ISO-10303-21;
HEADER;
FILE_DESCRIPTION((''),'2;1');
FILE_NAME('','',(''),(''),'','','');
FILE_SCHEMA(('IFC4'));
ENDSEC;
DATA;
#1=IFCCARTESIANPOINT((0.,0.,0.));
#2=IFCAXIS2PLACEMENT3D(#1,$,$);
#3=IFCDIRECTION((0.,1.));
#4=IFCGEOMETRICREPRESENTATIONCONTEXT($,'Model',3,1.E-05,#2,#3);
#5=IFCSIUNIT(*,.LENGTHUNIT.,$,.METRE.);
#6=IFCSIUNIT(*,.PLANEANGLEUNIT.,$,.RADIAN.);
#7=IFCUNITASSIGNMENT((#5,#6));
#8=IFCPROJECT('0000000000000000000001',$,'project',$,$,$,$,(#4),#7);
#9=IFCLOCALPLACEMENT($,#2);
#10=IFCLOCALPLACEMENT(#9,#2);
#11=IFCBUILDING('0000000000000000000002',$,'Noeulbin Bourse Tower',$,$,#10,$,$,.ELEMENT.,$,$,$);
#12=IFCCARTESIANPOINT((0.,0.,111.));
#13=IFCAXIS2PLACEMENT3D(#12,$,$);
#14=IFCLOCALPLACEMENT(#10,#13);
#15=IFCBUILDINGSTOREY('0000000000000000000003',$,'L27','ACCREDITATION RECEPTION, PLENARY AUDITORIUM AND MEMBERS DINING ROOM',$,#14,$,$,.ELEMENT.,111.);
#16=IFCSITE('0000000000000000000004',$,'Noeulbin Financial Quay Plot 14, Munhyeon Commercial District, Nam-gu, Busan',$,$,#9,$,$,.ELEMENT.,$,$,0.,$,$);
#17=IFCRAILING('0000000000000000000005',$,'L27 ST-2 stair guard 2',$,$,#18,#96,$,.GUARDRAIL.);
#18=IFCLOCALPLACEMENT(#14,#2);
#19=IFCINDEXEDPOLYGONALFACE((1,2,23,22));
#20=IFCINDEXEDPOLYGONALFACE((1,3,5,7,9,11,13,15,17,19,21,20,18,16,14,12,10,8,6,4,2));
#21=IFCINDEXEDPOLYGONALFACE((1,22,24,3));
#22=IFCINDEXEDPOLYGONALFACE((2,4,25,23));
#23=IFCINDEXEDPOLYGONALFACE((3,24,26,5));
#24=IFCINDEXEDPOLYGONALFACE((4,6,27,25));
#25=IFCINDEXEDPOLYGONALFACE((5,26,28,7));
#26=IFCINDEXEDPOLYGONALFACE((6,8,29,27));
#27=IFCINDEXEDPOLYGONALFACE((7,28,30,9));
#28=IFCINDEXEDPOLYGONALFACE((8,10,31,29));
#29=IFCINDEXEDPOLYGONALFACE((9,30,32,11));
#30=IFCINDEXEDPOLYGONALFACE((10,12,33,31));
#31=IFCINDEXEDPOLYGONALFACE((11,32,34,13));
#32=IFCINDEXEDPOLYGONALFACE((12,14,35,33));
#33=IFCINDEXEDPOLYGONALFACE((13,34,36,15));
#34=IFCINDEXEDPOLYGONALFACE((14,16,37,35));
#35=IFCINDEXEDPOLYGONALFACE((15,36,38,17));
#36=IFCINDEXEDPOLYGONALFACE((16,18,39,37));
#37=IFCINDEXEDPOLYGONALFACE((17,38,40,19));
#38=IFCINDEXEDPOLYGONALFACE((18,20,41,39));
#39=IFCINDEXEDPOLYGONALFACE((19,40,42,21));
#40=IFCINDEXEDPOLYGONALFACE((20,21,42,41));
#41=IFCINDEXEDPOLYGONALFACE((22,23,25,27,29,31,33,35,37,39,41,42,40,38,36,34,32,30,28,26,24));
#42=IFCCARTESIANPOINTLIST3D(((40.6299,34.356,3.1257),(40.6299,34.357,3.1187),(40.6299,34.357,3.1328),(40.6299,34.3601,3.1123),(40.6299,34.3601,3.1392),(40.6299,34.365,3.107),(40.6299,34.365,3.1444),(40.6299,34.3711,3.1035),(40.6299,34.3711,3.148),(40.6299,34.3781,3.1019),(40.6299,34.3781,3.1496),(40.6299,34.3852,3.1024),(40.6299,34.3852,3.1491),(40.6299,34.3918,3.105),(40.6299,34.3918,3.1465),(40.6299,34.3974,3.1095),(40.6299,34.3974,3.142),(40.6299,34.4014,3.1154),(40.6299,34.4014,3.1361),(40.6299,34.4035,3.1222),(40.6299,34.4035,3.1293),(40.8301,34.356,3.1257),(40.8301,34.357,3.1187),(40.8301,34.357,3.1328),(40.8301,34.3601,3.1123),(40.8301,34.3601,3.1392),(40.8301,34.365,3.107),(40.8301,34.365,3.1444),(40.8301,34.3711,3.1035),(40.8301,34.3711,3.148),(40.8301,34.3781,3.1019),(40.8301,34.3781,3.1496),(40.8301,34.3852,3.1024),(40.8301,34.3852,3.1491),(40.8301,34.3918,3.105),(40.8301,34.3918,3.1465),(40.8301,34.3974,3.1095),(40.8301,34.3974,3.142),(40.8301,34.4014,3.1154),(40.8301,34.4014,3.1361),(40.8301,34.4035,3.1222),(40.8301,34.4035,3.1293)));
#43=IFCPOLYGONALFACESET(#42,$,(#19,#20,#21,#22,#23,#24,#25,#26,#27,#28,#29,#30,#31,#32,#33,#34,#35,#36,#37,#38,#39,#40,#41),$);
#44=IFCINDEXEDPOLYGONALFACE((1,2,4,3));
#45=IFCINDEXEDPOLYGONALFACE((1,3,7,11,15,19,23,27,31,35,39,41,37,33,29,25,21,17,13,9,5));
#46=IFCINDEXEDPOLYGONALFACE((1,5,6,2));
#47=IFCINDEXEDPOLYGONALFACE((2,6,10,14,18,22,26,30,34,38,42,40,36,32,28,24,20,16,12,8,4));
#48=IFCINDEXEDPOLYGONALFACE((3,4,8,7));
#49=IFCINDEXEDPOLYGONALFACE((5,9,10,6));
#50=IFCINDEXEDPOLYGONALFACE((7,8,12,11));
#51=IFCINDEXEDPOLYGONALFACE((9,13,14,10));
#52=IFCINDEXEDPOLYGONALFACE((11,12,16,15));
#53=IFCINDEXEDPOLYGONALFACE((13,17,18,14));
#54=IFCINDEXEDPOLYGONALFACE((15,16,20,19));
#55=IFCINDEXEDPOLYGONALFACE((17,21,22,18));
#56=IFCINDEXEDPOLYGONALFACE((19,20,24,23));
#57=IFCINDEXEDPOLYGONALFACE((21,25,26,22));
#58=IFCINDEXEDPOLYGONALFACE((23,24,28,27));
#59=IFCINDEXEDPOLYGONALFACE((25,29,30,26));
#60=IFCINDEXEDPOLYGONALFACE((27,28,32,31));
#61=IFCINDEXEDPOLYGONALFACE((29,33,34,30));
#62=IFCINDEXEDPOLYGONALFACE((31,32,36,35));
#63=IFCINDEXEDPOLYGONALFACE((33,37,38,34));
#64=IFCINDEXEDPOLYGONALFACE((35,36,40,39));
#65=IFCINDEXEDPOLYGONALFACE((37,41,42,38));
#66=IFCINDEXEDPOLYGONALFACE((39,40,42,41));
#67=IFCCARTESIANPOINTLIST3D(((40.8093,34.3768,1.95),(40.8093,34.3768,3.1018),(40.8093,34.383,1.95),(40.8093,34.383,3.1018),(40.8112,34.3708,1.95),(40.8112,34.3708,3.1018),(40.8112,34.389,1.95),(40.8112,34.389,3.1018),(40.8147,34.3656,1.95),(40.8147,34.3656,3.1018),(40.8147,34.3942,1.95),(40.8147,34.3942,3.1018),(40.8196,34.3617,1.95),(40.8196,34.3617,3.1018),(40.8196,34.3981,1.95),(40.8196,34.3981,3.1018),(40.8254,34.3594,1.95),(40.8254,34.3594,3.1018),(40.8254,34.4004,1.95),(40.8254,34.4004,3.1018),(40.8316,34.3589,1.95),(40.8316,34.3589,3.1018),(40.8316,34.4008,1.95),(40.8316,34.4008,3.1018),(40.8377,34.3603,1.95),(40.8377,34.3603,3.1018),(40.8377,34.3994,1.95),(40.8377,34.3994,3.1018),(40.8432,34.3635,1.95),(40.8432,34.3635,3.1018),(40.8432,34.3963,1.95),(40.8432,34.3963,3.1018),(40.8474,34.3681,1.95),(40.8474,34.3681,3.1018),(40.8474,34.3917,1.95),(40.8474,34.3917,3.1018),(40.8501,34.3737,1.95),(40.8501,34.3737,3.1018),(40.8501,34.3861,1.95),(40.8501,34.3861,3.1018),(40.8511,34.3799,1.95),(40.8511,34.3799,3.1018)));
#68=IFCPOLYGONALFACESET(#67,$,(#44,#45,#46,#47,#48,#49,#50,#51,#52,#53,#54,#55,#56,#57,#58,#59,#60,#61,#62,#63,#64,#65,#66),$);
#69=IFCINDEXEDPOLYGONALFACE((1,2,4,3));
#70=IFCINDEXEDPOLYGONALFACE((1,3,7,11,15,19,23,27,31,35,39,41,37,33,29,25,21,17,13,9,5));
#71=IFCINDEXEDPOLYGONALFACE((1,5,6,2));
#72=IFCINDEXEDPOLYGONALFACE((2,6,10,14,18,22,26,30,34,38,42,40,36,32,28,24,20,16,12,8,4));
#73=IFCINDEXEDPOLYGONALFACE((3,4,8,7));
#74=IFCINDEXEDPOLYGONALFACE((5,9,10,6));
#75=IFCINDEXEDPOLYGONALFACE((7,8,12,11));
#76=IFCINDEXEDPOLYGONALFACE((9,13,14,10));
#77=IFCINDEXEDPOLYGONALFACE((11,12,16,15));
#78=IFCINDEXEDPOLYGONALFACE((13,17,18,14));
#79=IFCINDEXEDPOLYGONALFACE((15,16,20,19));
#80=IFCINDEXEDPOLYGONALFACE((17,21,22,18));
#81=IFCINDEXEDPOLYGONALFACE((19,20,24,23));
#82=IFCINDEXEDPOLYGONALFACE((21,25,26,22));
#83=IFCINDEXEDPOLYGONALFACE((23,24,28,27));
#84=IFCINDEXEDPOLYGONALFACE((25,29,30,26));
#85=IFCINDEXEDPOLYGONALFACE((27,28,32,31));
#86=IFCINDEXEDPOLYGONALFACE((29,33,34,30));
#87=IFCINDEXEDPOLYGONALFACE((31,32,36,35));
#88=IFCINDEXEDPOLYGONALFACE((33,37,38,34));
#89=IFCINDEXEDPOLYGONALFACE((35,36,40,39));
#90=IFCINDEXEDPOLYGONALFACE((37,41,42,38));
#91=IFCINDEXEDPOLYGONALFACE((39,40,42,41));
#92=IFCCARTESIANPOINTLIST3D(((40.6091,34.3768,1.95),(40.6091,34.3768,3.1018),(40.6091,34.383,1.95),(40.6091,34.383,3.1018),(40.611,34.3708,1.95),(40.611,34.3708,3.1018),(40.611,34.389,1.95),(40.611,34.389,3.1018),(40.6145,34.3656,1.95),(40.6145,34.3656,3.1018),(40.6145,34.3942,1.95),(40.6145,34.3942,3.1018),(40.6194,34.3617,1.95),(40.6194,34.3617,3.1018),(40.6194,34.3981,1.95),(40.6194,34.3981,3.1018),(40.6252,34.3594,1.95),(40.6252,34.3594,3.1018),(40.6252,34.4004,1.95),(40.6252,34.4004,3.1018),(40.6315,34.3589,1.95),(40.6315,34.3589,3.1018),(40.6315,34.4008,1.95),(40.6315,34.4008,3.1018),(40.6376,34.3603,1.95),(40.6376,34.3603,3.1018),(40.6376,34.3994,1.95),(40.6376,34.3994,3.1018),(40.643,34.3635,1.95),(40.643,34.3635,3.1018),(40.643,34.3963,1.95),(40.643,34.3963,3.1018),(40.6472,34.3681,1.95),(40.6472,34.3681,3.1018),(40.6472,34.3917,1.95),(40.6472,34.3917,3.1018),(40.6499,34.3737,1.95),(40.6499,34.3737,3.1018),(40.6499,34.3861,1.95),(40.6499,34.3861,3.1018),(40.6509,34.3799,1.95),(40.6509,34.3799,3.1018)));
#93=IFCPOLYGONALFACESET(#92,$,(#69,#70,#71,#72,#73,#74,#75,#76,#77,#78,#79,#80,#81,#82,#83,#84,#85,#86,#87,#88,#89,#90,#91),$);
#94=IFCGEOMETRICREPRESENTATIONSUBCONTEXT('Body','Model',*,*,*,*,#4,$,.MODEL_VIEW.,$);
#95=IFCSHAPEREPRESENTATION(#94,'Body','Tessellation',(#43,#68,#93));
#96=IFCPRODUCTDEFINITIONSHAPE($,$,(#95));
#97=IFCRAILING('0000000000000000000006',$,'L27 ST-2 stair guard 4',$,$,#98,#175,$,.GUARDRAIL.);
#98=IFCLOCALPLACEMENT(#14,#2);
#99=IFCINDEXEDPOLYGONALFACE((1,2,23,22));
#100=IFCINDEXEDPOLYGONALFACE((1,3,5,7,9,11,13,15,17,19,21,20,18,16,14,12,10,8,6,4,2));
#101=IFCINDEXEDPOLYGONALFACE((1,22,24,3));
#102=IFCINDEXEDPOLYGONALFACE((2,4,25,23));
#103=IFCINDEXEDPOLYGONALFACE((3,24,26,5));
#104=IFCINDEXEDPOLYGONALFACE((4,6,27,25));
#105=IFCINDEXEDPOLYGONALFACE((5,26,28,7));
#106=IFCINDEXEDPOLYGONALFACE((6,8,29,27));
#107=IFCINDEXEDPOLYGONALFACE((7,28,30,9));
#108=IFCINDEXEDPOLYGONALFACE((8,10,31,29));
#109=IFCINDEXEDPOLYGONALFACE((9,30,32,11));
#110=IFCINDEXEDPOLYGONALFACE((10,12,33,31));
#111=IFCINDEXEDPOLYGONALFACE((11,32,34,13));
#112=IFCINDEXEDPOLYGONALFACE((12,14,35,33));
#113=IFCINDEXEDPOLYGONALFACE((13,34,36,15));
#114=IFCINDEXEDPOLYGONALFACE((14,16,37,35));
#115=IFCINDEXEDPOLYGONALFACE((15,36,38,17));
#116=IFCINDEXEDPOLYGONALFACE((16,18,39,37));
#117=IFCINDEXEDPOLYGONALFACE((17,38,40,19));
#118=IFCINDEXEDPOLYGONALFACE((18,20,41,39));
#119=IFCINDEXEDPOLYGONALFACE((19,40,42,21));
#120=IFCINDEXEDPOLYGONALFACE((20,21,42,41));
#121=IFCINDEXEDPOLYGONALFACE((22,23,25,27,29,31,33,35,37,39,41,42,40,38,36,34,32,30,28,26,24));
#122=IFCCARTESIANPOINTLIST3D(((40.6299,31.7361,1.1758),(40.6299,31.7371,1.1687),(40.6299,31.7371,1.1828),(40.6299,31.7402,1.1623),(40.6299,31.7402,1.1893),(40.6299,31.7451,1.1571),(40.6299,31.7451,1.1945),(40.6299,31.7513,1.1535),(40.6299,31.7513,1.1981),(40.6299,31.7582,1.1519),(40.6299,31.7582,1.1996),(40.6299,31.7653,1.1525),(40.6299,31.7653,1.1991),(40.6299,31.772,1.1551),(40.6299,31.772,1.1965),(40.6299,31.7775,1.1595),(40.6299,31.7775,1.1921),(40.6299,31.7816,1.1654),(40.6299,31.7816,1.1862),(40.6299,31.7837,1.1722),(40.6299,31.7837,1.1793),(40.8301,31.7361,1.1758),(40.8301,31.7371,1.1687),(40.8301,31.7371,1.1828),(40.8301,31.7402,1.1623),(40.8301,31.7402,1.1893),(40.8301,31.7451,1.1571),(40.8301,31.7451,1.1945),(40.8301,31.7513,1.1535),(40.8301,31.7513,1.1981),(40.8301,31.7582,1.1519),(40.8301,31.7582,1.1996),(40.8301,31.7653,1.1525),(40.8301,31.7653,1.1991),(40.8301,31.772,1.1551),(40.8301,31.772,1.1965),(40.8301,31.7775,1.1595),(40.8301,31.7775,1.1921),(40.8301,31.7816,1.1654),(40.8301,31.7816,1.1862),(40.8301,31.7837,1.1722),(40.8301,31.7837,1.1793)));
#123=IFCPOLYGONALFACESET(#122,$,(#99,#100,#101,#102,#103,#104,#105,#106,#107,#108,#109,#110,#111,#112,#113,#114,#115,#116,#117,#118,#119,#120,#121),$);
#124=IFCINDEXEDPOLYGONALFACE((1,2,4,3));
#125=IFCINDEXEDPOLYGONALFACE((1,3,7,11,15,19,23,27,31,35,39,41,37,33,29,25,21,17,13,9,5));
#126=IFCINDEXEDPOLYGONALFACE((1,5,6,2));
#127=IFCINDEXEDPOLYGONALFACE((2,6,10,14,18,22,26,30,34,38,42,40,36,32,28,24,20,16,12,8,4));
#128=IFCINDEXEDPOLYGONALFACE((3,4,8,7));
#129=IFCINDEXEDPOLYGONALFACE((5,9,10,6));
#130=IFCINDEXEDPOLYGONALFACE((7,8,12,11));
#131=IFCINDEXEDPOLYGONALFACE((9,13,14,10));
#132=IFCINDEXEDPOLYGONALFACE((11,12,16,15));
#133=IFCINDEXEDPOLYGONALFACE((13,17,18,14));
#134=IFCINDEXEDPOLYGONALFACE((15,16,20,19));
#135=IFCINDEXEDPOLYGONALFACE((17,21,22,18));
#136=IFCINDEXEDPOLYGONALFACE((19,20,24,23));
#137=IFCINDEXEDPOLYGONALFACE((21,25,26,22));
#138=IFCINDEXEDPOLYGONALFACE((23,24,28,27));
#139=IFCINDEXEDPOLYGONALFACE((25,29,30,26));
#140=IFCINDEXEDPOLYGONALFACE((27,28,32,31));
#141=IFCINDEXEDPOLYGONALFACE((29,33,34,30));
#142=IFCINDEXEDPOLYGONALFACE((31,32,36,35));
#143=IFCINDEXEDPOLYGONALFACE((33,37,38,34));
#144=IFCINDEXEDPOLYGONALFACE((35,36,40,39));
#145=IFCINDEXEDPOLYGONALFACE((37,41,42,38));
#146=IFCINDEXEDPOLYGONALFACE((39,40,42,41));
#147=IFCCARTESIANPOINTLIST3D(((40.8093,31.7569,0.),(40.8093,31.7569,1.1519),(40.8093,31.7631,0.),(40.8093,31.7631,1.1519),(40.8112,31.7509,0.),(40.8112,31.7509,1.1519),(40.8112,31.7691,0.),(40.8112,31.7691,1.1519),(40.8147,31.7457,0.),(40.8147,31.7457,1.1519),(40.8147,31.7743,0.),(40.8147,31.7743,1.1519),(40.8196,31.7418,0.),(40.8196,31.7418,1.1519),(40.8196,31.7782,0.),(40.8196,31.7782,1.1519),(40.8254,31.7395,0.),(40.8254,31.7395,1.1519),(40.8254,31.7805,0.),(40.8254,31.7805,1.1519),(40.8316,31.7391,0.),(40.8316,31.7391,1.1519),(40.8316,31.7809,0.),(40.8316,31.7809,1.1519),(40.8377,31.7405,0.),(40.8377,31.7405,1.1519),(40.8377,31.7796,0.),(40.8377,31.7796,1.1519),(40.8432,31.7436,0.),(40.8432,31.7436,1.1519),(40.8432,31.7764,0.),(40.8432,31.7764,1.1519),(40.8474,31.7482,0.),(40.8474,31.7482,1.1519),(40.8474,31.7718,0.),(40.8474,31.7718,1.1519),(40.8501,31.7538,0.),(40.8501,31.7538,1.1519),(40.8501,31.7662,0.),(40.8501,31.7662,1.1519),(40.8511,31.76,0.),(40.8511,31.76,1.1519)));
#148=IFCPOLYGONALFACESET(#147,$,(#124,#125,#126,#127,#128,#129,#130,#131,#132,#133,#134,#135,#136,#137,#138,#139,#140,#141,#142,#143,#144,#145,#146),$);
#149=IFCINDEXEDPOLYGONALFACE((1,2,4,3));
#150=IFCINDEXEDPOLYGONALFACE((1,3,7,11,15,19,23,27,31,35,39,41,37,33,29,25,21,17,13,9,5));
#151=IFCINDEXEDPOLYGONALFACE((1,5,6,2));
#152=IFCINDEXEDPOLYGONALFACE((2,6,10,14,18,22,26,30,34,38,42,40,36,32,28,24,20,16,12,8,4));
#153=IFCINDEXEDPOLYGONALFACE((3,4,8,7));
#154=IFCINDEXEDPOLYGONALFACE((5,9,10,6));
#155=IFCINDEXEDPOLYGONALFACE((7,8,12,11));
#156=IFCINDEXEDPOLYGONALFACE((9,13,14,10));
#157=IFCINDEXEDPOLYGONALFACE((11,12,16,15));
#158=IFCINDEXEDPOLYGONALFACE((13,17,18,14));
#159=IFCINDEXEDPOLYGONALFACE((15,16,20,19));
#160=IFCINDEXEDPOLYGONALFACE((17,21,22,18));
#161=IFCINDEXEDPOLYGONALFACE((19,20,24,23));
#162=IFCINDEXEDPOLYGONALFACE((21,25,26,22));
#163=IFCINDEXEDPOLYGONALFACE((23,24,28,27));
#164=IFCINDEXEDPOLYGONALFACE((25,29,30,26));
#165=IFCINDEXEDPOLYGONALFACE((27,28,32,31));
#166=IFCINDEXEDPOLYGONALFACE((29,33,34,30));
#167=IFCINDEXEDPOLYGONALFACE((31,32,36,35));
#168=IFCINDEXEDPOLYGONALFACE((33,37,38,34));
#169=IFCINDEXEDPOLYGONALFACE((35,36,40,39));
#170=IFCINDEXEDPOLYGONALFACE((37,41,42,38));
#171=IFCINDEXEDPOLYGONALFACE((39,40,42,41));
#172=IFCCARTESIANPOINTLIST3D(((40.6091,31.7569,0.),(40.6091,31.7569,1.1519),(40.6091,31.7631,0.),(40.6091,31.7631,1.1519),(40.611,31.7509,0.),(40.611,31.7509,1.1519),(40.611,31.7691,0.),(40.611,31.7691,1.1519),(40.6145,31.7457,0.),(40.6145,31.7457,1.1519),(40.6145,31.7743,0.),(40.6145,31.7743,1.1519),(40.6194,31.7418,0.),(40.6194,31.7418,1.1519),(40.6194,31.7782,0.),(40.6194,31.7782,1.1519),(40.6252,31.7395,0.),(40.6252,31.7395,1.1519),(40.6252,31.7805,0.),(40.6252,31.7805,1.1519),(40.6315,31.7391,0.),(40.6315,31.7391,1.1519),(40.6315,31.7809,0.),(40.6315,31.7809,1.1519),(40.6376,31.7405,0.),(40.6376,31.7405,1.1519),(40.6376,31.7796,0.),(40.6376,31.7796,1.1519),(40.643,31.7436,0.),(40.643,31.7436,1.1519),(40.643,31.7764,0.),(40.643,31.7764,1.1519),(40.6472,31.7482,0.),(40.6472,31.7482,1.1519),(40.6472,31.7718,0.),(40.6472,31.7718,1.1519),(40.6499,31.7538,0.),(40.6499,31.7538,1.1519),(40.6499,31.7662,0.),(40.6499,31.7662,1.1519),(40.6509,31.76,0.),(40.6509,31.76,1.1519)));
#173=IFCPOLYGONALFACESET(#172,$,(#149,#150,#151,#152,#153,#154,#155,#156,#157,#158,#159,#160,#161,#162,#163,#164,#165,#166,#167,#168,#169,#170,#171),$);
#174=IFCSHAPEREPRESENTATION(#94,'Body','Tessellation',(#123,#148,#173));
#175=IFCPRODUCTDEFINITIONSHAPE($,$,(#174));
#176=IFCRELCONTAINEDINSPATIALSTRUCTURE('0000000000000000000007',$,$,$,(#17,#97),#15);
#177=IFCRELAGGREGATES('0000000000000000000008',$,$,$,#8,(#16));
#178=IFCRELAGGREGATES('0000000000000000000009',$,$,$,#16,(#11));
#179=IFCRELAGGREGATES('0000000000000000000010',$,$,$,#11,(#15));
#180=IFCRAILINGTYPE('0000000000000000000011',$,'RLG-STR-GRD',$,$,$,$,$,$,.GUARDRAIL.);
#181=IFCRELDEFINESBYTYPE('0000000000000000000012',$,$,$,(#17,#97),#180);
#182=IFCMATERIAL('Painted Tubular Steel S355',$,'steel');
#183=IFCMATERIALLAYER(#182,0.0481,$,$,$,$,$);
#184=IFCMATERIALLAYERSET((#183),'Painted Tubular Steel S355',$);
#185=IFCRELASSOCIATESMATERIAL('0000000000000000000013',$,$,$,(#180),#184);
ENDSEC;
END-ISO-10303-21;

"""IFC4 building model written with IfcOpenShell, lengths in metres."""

from ifc_helpers import new_model, si_unit, direction, frame, origin, origin_2d, place, context, subcontext, project, spatial, circle, extrude, material, layer, layer_set, type_object, element, save


model = new_model("IFC4")

# Units and contexts
model_context = context("Model", 3, precision=1e-05, world=origin(), true_north=direction((0.0, 1.0)))
body_context = subcontext(model_context, "Body", "Model", "MODEL_VIEW")
ifc_project = project(units=[si_unit("LENGTHUNIT", "METRE"), si_unit("PLANEANGLEUNIT", "RADIAN")], contexts=[model_context])

# Site, building, storey
site_placement = place(None, origin())
site = spatial("IfcSite", under=ifc_project, at=site_placement, Name="Noeulbin Financial Quay Plot 14, Munhyeon Commercial District, Nam-gu, Busan", CompositionType="ELEMENT", RefElevation=0.0)
building_placement = place(site_placement, origin())
building = spatial("IfcBuilding", under=site, at=building_placement, Name="Noeulbin Bourse Tower", CompositionType="ELEMENT")
storey_placement = place(building_placement, frame((0.0, 0.0, 111.0)))
storey = spatial("IfcBuildingStorey", under=building, at=storey_placement, Name="L27", Description="ACCREDITATION RECEPTION, PLENARY AUDITORIUM AND MEMBERS DINING ROOM", CompositionType="ELEMENT", Elevation=111.0)

# Railings
ifc_material_1 = material(Name="Painted Tubular Steel S355", Category="steel")
ifc_layer_1 = layer(ifc_material_1, 0.0481)
ifc_layer_set_1 = layer_set([ifc_layer_1], Name="Painted Tubular Steel S355")
railing_type_1 = type_object("IfcRailingType", Name="RLG-STR-GRD", PredefinedType="GUARDRAIL", material=ifc_layer_set_1)
for number, where, name in (
    (1, (40.8301, 34.3799, 1.95), "L27 ST-2 stair guard 2"),
    (2, (40.8301, 31.76, 0.0), "L27 ST-2 stair guard 4"),
):
    element("IfcRailing", number, at=place(storey_placement, frame(where)), inside=storey, type_object=railing_type_1, Name=name, PredefinedType="GUARDRAIL", context=body_context, shape_type="SweptSolid", body=[
        extrude(circle(Radius=0.0239, at=origin_2d()), frame((0.0, 0.0, 1.1758), z_axis=(-1.0, 0.0, 0.0), x_axis=(0.0, -1.0, 0.0)), (0.0, 0.0, 1.0), 0.2002),
        extrude(circle(Radius=0.021, at=origin_2d()), origin(), (0.0, 0.0, 1.0), 1.1519),
        extrude(circle(Radius=0.021, at=origin_2d()), frame((-0.2002, 0.0, 0.0)), (0.0, 0.0, 1.0), 1.1519),
    ])

save(model, "model.ifc")
